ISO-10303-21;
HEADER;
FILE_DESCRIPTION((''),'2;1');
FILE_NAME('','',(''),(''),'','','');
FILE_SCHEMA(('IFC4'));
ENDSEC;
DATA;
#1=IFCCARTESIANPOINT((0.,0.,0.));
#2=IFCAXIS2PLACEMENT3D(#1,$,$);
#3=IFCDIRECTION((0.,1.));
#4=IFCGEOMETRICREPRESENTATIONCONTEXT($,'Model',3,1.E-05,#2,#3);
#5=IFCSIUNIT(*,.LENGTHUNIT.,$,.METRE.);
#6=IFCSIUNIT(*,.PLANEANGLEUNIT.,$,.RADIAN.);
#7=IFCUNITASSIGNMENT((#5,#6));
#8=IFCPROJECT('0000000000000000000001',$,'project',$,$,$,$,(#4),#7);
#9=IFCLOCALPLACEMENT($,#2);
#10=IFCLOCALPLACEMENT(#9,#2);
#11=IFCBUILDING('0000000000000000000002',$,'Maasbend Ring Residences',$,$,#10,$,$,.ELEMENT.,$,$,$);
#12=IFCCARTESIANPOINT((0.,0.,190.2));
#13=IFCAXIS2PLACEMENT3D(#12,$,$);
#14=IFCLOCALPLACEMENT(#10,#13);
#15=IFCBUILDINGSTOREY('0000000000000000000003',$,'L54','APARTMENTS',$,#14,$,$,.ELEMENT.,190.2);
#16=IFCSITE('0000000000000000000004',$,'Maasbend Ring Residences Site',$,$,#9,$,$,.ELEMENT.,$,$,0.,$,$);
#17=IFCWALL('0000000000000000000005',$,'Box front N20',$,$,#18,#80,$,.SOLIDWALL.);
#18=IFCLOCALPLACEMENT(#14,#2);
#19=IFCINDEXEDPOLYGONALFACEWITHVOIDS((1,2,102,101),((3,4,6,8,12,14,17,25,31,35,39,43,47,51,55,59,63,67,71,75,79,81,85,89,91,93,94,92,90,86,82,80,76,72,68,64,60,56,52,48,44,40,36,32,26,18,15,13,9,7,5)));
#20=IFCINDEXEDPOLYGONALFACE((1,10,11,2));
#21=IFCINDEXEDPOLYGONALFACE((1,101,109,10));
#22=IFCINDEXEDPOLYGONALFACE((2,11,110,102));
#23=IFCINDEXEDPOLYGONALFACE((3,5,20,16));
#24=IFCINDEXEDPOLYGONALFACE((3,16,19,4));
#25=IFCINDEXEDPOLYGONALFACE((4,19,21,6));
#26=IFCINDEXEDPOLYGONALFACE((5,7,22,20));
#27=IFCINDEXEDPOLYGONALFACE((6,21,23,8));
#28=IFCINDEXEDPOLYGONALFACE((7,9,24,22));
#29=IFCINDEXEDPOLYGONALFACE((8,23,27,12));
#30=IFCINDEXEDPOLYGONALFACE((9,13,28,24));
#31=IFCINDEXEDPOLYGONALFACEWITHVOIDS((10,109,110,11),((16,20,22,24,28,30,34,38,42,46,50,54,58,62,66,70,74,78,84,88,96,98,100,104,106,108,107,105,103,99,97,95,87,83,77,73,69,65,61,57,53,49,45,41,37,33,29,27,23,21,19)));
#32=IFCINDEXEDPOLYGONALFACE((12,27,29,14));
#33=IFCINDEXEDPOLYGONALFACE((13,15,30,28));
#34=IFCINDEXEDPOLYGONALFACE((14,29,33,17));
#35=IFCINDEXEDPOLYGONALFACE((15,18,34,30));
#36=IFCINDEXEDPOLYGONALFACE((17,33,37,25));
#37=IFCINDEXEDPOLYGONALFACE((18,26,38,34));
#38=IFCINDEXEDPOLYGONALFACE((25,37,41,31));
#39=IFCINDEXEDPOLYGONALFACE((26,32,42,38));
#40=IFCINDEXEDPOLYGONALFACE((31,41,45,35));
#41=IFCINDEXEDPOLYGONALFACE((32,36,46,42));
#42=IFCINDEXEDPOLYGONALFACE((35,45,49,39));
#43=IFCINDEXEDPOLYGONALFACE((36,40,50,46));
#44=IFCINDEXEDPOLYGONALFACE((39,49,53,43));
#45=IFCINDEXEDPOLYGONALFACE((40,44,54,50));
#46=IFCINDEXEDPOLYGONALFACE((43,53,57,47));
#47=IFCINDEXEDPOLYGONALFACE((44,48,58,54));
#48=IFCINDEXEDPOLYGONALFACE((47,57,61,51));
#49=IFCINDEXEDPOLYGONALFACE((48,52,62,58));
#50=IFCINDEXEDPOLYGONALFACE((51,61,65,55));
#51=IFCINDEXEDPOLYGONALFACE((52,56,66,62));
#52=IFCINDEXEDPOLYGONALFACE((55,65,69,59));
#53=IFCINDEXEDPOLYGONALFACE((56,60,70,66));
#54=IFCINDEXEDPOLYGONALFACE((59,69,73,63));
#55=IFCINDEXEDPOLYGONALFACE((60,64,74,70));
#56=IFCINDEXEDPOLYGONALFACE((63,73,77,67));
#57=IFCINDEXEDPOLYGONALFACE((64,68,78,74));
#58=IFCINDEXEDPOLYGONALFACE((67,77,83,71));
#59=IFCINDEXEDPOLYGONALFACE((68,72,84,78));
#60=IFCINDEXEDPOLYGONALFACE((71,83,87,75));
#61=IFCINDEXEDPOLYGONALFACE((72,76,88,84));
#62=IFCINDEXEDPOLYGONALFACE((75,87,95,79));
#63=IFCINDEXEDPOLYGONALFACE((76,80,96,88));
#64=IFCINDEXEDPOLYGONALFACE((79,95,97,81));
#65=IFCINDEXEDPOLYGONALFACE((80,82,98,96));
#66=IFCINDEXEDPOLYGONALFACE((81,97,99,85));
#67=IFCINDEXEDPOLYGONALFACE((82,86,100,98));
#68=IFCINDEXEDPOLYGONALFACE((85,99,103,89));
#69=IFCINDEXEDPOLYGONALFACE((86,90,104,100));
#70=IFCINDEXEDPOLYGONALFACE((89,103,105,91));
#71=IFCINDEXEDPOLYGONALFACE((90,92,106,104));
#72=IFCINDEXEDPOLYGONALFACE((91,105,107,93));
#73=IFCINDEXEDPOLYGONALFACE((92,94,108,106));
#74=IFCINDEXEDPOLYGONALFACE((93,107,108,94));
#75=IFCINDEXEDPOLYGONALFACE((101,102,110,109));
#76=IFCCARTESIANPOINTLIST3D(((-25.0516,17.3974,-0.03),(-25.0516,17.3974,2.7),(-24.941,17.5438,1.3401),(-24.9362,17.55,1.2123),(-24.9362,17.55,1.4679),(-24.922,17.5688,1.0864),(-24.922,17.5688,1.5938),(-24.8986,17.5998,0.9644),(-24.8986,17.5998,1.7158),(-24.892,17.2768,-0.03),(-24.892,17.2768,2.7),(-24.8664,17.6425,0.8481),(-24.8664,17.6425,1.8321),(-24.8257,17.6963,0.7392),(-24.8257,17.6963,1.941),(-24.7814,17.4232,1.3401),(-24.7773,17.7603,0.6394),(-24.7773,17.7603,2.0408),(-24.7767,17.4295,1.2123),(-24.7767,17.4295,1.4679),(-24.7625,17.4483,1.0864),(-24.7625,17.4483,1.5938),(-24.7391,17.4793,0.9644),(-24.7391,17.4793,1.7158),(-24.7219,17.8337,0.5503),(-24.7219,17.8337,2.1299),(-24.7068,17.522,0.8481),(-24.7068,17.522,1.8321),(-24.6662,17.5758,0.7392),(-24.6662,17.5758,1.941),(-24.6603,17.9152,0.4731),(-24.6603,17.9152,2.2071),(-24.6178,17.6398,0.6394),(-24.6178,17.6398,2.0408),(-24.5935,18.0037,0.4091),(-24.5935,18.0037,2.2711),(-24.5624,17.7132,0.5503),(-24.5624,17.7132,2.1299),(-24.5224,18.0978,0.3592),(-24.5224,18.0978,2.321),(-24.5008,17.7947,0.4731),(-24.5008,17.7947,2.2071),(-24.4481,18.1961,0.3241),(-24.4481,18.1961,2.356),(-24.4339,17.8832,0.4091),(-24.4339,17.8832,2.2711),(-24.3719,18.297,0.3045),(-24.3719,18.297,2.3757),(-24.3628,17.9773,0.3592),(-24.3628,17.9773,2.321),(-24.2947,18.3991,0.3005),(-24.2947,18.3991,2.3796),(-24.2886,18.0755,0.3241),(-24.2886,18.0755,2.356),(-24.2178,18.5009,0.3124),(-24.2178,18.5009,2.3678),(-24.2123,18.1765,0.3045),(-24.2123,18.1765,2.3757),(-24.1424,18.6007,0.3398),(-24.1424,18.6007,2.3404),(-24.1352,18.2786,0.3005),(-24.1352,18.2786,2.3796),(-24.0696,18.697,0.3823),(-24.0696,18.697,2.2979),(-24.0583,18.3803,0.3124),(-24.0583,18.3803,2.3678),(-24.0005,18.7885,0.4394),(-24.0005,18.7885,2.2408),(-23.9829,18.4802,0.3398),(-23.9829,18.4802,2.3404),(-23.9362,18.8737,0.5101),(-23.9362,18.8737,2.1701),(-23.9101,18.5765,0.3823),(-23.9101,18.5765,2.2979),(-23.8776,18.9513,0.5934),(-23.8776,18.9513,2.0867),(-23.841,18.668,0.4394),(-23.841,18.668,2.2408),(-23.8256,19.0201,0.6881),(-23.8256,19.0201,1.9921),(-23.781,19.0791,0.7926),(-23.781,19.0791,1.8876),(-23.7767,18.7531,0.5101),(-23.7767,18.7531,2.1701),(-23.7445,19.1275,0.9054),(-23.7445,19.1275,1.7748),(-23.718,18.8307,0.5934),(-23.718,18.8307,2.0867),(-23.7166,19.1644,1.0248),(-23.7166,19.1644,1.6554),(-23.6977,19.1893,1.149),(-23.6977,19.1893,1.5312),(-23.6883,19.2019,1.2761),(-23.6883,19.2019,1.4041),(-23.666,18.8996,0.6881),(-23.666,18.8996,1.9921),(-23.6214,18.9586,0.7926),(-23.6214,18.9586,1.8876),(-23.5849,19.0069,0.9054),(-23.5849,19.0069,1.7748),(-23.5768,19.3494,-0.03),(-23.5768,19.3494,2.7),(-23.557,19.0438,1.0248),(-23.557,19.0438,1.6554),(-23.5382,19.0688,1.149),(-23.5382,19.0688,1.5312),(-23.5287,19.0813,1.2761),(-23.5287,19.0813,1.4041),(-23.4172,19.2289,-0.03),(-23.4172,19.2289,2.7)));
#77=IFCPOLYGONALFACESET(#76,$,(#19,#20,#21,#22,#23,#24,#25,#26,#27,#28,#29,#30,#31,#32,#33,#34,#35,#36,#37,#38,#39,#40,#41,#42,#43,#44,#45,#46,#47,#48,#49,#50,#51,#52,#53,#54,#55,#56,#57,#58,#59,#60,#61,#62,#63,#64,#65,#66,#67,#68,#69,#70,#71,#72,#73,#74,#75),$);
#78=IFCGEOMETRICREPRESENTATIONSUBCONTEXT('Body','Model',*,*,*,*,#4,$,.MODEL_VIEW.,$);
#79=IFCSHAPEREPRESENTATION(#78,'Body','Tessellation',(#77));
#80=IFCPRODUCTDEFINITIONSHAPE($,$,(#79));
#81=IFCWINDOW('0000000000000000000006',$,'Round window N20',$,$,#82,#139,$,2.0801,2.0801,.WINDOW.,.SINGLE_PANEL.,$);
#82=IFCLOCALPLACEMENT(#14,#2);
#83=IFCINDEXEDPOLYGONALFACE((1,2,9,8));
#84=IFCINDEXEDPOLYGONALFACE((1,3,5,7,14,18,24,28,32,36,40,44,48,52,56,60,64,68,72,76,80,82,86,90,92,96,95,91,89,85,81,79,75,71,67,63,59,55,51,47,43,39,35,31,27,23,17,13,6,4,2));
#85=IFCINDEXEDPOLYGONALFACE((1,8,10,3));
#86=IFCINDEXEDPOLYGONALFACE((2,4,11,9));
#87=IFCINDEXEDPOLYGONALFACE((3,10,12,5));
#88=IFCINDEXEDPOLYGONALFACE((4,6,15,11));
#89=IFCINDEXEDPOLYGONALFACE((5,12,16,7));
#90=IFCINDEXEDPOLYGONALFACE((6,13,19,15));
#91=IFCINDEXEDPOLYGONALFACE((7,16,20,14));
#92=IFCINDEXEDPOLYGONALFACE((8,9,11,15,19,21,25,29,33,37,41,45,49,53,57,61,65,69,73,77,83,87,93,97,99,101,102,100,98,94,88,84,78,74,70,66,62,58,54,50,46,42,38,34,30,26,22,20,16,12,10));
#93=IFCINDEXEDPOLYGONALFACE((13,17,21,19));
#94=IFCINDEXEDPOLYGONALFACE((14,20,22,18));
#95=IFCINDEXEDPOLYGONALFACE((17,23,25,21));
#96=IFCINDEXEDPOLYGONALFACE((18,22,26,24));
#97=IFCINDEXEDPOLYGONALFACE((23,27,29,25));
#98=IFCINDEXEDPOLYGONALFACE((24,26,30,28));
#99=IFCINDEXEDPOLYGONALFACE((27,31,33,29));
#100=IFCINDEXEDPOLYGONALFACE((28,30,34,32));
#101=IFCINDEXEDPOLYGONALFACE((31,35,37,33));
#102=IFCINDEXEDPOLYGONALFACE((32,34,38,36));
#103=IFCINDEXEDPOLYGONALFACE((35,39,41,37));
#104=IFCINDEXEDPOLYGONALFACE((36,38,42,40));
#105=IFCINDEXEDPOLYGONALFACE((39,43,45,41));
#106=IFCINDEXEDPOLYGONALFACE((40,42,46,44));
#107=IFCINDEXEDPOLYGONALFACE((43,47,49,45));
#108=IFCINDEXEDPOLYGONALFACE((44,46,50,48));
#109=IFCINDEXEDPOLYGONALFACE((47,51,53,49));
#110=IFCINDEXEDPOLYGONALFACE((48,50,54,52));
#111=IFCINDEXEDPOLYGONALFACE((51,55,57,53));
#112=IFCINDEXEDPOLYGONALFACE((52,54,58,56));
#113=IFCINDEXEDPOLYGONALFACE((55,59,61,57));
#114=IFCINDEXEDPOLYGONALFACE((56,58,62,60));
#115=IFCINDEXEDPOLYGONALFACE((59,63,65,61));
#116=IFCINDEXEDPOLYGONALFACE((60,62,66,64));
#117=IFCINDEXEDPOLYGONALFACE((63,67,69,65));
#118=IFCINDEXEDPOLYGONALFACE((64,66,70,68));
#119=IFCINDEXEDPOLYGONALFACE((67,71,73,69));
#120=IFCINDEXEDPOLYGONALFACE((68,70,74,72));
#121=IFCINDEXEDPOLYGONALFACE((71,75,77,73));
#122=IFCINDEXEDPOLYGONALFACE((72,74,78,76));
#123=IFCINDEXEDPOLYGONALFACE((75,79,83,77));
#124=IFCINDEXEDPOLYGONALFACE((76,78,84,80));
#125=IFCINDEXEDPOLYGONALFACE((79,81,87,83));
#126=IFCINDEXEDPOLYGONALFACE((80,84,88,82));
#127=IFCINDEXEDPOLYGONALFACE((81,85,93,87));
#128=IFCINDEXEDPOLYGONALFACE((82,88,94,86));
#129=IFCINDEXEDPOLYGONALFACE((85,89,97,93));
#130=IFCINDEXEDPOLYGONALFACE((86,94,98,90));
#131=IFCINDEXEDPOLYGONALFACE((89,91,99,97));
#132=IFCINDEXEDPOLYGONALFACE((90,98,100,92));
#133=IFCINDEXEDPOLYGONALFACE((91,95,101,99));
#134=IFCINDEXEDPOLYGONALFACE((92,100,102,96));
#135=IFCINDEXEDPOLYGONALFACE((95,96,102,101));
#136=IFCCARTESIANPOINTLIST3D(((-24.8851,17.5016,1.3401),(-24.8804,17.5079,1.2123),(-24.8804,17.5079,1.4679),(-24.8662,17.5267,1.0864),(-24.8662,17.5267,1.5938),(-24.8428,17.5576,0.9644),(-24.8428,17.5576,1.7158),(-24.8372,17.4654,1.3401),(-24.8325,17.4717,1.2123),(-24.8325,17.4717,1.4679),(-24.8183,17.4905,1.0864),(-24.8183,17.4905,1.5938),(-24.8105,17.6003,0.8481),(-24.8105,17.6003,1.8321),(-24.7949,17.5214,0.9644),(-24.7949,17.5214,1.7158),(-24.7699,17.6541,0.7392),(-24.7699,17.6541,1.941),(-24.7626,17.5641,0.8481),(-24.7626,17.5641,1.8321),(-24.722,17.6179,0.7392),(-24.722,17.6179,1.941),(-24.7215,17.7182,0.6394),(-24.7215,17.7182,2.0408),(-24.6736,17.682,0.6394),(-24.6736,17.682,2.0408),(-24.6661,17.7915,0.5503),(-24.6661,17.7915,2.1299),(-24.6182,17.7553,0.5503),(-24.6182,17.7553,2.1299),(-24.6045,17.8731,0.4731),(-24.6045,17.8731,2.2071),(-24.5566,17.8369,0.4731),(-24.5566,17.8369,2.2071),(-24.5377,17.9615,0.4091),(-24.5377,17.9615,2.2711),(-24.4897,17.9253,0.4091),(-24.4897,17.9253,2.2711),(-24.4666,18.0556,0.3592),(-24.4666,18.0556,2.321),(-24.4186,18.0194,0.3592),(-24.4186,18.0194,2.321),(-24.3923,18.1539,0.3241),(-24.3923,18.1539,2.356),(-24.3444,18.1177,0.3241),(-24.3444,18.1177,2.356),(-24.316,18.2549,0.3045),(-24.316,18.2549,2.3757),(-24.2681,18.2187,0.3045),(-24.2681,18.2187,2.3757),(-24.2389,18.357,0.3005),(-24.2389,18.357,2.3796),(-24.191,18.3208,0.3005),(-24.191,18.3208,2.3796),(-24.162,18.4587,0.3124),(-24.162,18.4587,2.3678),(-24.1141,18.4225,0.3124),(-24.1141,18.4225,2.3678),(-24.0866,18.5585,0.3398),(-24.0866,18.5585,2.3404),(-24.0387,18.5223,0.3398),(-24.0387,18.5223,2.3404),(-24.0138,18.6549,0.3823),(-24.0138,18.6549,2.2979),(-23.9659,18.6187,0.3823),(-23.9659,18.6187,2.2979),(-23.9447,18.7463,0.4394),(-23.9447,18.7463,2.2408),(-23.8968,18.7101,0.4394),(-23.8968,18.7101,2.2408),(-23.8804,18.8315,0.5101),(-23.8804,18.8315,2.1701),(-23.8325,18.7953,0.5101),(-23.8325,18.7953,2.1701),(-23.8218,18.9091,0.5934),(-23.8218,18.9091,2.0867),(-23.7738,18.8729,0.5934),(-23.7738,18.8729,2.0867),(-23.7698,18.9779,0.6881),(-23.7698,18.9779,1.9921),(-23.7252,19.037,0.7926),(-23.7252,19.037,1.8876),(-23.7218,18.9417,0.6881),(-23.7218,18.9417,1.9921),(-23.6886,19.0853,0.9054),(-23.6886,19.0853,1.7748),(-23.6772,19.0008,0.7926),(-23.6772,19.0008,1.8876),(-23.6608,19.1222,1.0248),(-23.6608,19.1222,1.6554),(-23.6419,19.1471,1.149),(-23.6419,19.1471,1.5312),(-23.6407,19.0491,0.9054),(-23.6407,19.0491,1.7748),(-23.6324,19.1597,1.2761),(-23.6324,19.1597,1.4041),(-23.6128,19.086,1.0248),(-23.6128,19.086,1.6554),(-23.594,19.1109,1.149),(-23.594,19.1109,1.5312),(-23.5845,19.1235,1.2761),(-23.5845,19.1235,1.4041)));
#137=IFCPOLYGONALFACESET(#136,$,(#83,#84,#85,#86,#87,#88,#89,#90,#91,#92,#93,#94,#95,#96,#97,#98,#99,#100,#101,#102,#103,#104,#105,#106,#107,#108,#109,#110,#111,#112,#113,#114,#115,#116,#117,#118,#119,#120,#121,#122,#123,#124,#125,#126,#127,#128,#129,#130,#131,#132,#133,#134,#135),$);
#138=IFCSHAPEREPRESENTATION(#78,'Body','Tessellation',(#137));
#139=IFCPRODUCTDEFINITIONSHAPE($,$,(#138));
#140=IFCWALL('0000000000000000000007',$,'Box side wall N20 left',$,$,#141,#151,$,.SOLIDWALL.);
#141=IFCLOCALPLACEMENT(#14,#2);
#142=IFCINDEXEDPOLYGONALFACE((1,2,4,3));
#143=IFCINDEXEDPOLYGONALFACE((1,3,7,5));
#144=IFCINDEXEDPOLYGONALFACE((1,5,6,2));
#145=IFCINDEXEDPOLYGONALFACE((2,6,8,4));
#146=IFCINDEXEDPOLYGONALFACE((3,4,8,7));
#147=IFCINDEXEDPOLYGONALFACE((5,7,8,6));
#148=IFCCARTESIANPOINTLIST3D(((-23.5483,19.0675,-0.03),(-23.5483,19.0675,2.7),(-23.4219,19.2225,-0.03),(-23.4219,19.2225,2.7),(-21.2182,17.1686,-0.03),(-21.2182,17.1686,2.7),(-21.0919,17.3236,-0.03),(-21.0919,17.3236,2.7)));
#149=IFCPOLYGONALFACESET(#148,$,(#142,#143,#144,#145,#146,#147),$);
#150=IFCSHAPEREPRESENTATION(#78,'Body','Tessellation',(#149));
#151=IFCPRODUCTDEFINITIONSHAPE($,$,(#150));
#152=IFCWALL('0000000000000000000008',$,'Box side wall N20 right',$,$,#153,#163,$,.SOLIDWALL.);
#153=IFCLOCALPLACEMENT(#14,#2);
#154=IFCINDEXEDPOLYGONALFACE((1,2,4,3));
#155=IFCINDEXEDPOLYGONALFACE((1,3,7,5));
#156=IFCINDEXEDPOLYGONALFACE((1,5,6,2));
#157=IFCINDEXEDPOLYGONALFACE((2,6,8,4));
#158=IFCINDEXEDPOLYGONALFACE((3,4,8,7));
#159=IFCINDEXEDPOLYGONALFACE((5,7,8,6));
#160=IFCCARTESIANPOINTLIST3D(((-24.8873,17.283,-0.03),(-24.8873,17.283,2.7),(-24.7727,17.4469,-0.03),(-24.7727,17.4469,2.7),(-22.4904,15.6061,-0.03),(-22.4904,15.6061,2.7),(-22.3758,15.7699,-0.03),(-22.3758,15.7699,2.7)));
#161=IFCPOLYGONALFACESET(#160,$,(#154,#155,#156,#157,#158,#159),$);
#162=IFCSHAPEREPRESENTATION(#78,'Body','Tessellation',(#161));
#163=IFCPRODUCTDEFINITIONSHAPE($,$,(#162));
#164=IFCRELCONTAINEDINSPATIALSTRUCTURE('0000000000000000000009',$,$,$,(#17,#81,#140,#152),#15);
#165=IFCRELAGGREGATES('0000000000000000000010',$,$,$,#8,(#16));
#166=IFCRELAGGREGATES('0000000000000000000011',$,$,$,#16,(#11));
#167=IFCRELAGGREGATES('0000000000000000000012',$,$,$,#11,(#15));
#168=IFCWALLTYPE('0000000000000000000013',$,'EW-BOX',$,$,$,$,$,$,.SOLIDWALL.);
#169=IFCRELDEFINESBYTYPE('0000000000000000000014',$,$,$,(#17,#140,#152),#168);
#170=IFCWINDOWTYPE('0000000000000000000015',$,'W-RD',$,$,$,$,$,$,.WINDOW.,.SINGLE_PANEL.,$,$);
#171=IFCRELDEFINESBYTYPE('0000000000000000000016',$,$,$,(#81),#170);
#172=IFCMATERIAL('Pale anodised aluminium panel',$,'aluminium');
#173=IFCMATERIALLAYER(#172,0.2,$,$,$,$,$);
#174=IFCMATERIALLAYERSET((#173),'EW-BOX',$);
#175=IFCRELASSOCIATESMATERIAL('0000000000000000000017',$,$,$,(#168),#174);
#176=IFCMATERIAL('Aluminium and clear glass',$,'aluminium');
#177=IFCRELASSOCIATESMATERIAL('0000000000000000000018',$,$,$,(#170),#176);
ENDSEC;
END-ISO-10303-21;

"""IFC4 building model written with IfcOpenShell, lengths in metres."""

from ifc_helpers import new_model, si_unit, direction, frame, frame_2d, origin, place, context, subcontext, project, spatial, rectangle, circle, extrude, material, layer, layer_set, type_object, element, fill, save


model = new_model("IFC4")

# Units and contexts
model_context = context("Model", 3, precision=1e-05, world=origin(), true_north=direction((0.0, 1.0)))
body_context = subcontext(model_context, "Body", "Model", "MODEL_VIEW")
ifc_project = project(units=[si_unit("LENGTHUNIT", "METRE"), si_unit("PLANEANGLEUNIT", "RADIAN")], contexts=[model_context])

# Site, building, storey
site_placement = place(None, origin())
site = spatial("IfcSite", under=ifc_project, at=site_placement, Name="Maasbend Ring Residences Site", CompositionType="ELEMENT", RefElevation=0.0)
building_placement = place(site_placement, origin())
building = spatial("IfcBuilding", under=site, at=building_placement, Name="Maasbend Ring Residences", CompositionType="ELEMENT")
storey_placement = place(building_placement, frame((0.0, 0.0, 190.2)))
storey = spatial("IfcBuildingStorey", under=building, at=storey_placement, Name="L54", Description="APARTMENTS", CompositionType="ELEMENT", Elevation=190.2)

# Shared definitions
ifc_material_1 = material(Name="Pale anodised aluminium panel", Category="aluminium")
ifc_layer_1 = layer(ifc_material_1, 0.2)
ifc_layer_set_1 = layer_set([ifc_layer_1], Name="EW-BOX")
wall_type_1 = type_object("IfcWallType", Name="EW-BOX", PredefinedType="SOLIDWALL", material=ifc_layer_set_1)
ifc_material_2 = material(Name="Aluminium and clear glass", Category="aluminium")
window_type_1 = type_object("IfcWindowType", Name="W-RD", PartitioningType="SINGLE_PANEL", PredefinedType="WINDOW", material=ifc_material_2)

# Wall, opening, window
wall_1_placement = place(storey_placement, frame((-23.4971, 19.2891, -0.03), z_axis=(0.0, 0.0, 1.0), x_axis=(-0.602806, -0.797888, 0.0)))
wall_1 = element("IfcWall", 1, at=wall_1_placement, inside=storey, type_object=wall_type_1, Name="Box front N20", PredefinedType="SOLIDWALL", context=body_context, shape_type="SweptSolid", body=[
    extrude(rectangle(XDim=2.4465, YDim=0.2, at=frame_2d((1.2231, 0.0))), origin(), (0.0, 0.0, 1.0), 2.73),
])
opening_1_placement = place(wall_1_placement, frame((0.1829, 0.0, 0.3301)))
opening_1 = element("IfcOpeningElement", 2, at=opening_1_placement, cuts=wall_1, PredefinedType="OPENING", context=body_context, shape_type="SweptSolid", body=[
    extrude(circle(Radius=1.04, at=frame_2d((1.04, 1.04))), frame((0.0, 0.1099, 0.0), z_axis=(0.0, -1.0, 0.0), x_axis=(1.0, 0.0, 0.0)), (0.0, 0.0, 1.0), 0.22),
])
window_1_placement = place(opening_1_placement, origin())
window_1 = element("IfcWindow", 3, at=window_1_placement, inside=storey, type_object=window_type_1, Name="Round window N20", OverallHeight=2.0801, OverallWidth=2.0801, PartitioningType="SINGLE_PANEL", PredefinedType="WINDOW", context=body_context, shape_type="SweptSolid", body=[
    extrude(circle(Radius=1.04, at=frame_2d((1.04, 1.04))), frame((0.0, 0.03, 0.0), z_axis=(0.0, -1.0, 0.0), x_axis=(1.0, 0.0, 0.0)), (0.0, 0.0, 1.0), 0.0601),
])
fill(opening_1, window_1)

# Walls
wall_2_placement = place(storey_placement, frame((-21.155, 17.2461, -0.03), z_axis=(0.0, 0.0, 1.0), x_axis=(-0.775179, 0.631742, 0.0)))
element("IfcWall", 4, at=wall_2_placement, inside=storey, type_object=wall_type_1, Name="Box side wall N20 left", PredefinedType="SOLIDWALL", context=body_context, shape_type="SweptSolid", body=[
    extrude(rectangle(XDim=3.0059, YDim=0.2, at=frame_2d((1.5029, 0.0))), origin(), (0.0, 0.0, 1.0), 2.73),
])
wall_3_placement = place(storey_placement, frame((-22.4331, 15.688, -0.03), z_axis=(0.0, 0.0, 1.0), x_axis=(-0.819373, 0.573261, 0.0)))
element("IfcWall", 5, at=wall_3_placement, inside=storey, type_object=wall_type_1, Name="Box side wall N20 right", PredefinedType="SOLIDWALL", context=body_context, shape_type="SweptSolid", body=[
    extrude(rectangle(XDim=2.9253, YDim=0.2, at=frame_2d((1.4626, 0.0))), origin(), (0.0, 0.0, 1.0), 2.73),
])

save(model, "model.ifc")
